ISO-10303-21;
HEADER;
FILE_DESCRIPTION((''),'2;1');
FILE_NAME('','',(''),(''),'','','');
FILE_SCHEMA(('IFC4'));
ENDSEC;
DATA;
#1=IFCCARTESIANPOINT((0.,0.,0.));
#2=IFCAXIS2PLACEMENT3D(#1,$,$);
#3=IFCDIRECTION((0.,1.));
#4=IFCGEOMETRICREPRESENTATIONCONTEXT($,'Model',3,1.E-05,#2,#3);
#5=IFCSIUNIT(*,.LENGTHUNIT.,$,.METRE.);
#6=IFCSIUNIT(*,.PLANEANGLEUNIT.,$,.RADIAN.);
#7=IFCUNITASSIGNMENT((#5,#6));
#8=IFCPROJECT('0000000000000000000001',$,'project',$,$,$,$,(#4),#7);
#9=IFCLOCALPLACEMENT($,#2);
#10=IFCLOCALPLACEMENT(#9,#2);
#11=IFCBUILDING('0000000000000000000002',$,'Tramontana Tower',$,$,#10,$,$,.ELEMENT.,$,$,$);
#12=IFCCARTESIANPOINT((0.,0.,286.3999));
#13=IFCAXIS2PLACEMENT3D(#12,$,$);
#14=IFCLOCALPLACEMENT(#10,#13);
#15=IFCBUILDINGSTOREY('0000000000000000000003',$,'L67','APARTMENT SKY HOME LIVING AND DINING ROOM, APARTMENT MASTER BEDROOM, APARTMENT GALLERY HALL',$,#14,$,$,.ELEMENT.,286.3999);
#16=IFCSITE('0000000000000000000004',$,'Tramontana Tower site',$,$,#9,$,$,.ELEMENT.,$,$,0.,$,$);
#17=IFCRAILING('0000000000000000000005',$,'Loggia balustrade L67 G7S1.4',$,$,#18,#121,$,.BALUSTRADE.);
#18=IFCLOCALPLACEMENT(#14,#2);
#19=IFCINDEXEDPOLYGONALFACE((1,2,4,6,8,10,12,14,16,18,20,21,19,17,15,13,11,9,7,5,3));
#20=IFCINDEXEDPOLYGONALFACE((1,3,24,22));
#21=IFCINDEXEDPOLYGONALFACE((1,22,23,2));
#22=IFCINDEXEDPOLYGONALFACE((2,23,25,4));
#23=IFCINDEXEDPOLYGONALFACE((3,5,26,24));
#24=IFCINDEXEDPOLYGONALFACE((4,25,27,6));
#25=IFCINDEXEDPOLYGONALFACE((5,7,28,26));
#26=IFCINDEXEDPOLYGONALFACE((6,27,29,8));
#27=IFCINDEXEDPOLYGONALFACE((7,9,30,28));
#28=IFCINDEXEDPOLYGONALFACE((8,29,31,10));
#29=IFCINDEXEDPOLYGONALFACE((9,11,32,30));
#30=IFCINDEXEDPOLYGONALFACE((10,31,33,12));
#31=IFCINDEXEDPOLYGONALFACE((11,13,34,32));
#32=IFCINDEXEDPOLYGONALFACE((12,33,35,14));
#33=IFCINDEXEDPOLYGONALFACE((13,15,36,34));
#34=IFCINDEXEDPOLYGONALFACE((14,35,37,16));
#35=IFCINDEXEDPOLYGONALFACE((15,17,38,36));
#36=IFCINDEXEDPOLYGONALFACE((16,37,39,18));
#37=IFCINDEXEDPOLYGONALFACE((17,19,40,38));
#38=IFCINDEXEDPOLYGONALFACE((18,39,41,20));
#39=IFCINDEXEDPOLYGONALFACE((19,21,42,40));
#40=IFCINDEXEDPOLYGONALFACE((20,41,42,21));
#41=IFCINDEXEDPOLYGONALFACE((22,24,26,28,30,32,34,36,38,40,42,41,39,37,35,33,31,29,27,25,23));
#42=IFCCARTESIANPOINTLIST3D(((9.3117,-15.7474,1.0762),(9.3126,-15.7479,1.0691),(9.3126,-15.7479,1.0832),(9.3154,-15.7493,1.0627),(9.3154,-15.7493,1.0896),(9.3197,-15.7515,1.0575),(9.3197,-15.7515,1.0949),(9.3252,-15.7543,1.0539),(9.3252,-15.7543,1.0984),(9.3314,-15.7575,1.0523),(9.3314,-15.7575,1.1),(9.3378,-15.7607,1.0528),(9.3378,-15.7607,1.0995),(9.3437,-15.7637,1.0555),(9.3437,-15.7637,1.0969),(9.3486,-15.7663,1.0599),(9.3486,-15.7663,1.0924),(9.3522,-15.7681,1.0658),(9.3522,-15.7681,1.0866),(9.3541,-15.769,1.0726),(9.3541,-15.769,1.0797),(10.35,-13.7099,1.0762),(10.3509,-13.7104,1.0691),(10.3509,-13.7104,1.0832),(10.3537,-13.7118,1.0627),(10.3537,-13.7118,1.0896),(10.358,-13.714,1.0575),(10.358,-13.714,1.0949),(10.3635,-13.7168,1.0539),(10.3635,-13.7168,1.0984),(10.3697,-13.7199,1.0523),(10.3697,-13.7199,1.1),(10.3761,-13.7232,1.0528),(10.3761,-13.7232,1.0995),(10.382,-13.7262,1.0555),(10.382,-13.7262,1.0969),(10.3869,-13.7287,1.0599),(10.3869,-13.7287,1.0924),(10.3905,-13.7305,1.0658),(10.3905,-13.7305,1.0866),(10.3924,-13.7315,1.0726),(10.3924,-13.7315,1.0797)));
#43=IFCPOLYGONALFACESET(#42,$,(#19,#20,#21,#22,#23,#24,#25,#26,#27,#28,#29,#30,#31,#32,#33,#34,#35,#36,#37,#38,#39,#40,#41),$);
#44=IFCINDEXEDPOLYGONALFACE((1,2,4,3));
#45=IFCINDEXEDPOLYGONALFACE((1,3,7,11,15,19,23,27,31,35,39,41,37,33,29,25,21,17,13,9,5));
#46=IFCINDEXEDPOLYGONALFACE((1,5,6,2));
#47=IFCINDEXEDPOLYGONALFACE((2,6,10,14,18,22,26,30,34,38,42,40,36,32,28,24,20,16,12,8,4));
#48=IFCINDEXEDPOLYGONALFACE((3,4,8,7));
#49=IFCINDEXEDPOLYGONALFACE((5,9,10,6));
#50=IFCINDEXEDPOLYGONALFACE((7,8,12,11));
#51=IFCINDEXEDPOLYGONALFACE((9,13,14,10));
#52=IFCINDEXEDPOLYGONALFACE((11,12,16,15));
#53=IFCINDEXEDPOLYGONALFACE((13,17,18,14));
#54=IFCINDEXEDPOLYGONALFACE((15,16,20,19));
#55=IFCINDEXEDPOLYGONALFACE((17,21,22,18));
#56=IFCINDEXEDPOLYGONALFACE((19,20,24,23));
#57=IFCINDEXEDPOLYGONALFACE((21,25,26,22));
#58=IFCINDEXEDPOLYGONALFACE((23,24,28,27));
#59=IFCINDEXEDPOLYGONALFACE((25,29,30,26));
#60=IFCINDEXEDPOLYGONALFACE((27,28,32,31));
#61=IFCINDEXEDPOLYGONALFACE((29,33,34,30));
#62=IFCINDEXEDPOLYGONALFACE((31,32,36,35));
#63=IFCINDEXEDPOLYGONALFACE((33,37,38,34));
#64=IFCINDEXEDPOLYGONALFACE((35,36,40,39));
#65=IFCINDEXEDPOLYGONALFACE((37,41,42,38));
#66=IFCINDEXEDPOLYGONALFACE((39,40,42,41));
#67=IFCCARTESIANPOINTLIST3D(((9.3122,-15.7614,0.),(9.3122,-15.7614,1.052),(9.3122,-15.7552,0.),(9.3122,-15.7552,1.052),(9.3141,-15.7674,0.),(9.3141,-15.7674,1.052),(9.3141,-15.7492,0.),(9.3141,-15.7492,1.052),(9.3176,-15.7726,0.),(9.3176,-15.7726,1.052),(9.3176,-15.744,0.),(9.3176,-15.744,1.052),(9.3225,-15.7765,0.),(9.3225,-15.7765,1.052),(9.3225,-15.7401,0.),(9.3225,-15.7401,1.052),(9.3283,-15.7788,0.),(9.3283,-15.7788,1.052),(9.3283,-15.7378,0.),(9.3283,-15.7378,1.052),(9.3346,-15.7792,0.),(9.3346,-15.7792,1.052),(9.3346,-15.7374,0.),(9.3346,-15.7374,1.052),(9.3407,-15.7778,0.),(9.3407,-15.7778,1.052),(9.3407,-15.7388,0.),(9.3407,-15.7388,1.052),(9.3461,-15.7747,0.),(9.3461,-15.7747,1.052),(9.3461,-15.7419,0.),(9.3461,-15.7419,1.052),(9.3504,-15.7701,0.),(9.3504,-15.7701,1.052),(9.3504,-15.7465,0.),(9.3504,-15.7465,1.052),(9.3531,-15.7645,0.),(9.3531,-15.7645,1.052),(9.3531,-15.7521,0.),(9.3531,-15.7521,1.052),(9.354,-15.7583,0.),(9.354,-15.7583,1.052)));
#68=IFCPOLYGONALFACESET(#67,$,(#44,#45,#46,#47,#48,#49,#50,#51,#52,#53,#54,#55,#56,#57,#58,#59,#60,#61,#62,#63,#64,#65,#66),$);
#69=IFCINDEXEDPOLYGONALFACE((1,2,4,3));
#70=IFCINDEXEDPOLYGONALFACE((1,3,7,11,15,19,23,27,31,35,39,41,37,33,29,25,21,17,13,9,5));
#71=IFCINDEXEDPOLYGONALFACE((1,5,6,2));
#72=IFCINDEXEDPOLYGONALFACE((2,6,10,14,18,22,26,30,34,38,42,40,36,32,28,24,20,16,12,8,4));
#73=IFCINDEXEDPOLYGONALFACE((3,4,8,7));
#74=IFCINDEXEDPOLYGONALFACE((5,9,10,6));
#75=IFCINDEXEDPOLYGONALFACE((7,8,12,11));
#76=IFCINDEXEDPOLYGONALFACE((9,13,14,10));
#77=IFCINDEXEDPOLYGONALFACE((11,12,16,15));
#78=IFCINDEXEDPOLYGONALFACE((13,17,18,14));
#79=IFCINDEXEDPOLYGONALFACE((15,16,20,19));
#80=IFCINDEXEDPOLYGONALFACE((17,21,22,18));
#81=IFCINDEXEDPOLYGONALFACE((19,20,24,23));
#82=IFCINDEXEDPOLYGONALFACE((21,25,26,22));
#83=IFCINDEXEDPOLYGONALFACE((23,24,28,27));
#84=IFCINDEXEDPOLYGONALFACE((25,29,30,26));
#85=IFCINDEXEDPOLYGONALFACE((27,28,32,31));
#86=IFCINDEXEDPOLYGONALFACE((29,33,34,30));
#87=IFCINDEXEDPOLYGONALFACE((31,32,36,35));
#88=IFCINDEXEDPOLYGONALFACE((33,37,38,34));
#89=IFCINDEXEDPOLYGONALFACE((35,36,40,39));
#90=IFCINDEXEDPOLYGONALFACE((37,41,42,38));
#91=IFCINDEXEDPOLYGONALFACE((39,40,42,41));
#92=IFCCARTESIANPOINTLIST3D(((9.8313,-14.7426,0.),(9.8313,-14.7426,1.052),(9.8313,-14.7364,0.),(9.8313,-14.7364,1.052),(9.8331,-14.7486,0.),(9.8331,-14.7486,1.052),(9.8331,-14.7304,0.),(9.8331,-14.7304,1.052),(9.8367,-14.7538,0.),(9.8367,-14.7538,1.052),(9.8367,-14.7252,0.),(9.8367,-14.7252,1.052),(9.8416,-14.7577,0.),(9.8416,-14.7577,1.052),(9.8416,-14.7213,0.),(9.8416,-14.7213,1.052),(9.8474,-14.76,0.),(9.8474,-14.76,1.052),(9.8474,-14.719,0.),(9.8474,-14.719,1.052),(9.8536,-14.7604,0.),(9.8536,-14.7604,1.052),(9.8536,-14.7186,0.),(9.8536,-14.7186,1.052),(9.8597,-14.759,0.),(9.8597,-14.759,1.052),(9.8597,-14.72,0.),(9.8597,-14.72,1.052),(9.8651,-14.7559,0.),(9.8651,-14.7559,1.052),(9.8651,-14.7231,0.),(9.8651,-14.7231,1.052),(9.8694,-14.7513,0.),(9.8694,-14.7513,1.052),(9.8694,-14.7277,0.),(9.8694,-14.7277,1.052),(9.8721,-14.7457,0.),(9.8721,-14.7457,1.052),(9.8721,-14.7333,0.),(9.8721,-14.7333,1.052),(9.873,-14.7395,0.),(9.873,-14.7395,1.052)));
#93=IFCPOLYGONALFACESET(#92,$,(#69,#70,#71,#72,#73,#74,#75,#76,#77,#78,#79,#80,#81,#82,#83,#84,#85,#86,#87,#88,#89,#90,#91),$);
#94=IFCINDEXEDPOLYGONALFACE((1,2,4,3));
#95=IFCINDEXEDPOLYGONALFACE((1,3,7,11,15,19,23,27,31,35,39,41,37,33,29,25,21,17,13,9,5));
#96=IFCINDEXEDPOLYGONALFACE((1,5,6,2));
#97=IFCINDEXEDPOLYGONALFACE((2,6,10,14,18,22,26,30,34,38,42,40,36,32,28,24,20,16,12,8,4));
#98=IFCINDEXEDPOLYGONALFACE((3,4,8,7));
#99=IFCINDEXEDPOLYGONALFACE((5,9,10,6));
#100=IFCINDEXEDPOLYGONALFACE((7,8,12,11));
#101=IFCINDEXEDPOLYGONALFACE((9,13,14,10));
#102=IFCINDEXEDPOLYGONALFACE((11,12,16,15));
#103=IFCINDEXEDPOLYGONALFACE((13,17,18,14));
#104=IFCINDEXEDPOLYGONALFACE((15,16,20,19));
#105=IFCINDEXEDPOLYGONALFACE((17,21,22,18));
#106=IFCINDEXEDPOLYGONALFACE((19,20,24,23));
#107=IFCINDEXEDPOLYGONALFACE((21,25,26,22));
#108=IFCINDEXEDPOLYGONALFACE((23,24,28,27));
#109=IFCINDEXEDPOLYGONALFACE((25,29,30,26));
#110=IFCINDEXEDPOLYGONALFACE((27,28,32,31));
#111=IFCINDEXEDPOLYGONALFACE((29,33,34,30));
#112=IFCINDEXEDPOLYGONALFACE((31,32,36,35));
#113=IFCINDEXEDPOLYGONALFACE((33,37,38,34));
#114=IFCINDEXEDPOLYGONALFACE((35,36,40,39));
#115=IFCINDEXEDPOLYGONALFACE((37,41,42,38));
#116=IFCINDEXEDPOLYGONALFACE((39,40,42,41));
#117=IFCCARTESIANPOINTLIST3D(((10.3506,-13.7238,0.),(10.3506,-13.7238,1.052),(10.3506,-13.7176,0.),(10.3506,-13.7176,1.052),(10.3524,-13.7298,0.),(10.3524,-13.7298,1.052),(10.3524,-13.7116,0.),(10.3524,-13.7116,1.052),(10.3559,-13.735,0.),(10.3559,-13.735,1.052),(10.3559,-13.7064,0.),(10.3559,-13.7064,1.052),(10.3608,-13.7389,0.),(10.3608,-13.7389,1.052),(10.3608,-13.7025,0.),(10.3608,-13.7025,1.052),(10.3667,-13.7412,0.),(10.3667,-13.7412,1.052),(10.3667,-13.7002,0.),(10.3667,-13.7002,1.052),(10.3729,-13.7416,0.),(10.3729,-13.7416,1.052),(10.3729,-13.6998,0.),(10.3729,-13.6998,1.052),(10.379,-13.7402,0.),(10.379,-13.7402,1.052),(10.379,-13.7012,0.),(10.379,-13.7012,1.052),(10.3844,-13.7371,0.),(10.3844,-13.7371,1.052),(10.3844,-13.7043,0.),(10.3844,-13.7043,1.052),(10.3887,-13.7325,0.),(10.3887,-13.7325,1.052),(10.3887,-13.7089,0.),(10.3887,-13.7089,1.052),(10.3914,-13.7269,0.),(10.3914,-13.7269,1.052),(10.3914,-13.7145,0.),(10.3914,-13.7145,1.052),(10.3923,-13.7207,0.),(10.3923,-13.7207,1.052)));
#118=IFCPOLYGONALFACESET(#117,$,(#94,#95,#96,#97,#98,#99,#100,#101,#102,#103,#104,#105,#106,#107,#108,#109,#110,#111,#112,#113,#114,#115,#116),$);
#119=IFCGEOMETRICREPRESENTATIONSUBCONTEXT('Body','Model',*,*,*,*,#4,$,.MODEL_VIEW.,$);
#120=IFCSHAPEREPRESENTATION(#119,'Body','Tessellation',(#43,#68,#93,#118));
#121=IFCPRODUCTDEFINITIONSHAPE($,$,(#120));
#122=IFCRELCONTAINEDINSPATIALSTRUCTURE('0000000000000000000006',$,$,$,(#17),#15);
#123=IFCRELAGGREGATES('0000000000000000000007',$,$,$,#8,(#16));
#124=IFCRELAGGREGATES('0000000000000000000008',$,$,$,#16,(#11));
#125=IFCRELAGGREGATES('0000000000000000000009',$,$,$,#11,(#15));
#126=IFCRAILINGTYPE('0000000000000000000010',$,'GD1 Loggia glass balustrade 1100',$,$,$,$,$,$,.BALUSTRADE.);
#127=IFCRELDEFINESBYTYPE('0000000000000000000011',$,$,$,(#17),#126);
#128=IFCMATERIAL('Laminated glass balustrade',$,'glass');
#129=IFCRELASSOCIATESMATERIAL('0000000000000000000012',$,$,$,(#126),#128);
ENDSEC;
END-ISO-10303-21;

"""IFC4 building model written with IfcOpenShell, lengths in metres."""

from ifc_helpers import new_model, si_unit, direction, frame, origin, origin_2d, place, context, subcontext, project, spatial, circle, extrude, material, type_object, element, save


model = new_model("IFC4")

# Units and contexts
model_context = context("Model", 3, precision=1e-05, world=origin(), true_north=direction((0.0, 1.0)))
body_context = subcontext(model_context, "Body", "Model", "MODEL_VIEW")
ifc_project = project(units=[si_unit("LENGTHUNIT", "METRE"), si_unit("PLANEANGLEUNIT", "RADIAN")], contexts=[model_context])

# Site, building, storey
site_placement = place(None, origin())
site = spatial("IfcSite", under=ifc_project, at=site_placement, Name="Tramontana Tower site", CompositionType="ELEMENT", RefElevation=0.0)
building_placement = place(site_placement, origin())
building = spatial("IfcBuilding", under=site, at=building_placement, Name="Tramontana Tower", CompositionType="ELEMENT")
storey_placement = place(building_placement, frame((0.0, 0.0, 286.3999)))
storey = spatial("IfcBuildingStorey", under=building, at=storey_placement, Name="L67", Description="APARTMENT SKY HOME LIVING AND DINING ROOM, APARTMENT MASTER BEDROOM, APARTMENT GALLERY HALL", CompositionType="ELEMENT", Elevation=286.3999)

# Railing
ifc_material_1 = material(Name="Laminated glass balustrade", Category="glass")
railing_type = type_object("IfcRailingType", Name="GD1 Loggia glass balustrade 1100", PredefinedType="BALUSTRADE", material=ifc_material_1)
railing_1_placement = place(storey_placement, frame((9.333, -15.7583, 0.0)))
element("IfcRailing", 1, at=railing_1_placement, inside=storey, type_object=railing_type, Name="Loggia balustrade L67 G7S1.4", PredefinedType="BALUSTRADE", context=body_context, shape_type="SweptSolid", body=[
    extrude(circle(Radius=0.0239, at=origin_2d()), frame((0.0, 0.0, 1.0762), z_axis=(0.454033, 0.890985, 0.0), x_axis=(-0.890985, 0.454033, 0.0)), (0.0, 0.0, 1.0), 2.2869),
    extrude(circle(Radius=0.021, at=origin_2d()), origin(), (0.0, 0.0, 1.0), 1.052),
    extrude(circle(Radius=0.021, at=origin_2d()), frame((0.519, 1.0188, 0.0)), (0.0, 0.0, 1.0), 1.052),
    extrude(circle(Radius=0.021, at=origin_2d()), frame((1.0383, 2.0376, 0.0)), (0.0, 0.0, 1.0), 1.052),
])

save(model, "model.ifc")
